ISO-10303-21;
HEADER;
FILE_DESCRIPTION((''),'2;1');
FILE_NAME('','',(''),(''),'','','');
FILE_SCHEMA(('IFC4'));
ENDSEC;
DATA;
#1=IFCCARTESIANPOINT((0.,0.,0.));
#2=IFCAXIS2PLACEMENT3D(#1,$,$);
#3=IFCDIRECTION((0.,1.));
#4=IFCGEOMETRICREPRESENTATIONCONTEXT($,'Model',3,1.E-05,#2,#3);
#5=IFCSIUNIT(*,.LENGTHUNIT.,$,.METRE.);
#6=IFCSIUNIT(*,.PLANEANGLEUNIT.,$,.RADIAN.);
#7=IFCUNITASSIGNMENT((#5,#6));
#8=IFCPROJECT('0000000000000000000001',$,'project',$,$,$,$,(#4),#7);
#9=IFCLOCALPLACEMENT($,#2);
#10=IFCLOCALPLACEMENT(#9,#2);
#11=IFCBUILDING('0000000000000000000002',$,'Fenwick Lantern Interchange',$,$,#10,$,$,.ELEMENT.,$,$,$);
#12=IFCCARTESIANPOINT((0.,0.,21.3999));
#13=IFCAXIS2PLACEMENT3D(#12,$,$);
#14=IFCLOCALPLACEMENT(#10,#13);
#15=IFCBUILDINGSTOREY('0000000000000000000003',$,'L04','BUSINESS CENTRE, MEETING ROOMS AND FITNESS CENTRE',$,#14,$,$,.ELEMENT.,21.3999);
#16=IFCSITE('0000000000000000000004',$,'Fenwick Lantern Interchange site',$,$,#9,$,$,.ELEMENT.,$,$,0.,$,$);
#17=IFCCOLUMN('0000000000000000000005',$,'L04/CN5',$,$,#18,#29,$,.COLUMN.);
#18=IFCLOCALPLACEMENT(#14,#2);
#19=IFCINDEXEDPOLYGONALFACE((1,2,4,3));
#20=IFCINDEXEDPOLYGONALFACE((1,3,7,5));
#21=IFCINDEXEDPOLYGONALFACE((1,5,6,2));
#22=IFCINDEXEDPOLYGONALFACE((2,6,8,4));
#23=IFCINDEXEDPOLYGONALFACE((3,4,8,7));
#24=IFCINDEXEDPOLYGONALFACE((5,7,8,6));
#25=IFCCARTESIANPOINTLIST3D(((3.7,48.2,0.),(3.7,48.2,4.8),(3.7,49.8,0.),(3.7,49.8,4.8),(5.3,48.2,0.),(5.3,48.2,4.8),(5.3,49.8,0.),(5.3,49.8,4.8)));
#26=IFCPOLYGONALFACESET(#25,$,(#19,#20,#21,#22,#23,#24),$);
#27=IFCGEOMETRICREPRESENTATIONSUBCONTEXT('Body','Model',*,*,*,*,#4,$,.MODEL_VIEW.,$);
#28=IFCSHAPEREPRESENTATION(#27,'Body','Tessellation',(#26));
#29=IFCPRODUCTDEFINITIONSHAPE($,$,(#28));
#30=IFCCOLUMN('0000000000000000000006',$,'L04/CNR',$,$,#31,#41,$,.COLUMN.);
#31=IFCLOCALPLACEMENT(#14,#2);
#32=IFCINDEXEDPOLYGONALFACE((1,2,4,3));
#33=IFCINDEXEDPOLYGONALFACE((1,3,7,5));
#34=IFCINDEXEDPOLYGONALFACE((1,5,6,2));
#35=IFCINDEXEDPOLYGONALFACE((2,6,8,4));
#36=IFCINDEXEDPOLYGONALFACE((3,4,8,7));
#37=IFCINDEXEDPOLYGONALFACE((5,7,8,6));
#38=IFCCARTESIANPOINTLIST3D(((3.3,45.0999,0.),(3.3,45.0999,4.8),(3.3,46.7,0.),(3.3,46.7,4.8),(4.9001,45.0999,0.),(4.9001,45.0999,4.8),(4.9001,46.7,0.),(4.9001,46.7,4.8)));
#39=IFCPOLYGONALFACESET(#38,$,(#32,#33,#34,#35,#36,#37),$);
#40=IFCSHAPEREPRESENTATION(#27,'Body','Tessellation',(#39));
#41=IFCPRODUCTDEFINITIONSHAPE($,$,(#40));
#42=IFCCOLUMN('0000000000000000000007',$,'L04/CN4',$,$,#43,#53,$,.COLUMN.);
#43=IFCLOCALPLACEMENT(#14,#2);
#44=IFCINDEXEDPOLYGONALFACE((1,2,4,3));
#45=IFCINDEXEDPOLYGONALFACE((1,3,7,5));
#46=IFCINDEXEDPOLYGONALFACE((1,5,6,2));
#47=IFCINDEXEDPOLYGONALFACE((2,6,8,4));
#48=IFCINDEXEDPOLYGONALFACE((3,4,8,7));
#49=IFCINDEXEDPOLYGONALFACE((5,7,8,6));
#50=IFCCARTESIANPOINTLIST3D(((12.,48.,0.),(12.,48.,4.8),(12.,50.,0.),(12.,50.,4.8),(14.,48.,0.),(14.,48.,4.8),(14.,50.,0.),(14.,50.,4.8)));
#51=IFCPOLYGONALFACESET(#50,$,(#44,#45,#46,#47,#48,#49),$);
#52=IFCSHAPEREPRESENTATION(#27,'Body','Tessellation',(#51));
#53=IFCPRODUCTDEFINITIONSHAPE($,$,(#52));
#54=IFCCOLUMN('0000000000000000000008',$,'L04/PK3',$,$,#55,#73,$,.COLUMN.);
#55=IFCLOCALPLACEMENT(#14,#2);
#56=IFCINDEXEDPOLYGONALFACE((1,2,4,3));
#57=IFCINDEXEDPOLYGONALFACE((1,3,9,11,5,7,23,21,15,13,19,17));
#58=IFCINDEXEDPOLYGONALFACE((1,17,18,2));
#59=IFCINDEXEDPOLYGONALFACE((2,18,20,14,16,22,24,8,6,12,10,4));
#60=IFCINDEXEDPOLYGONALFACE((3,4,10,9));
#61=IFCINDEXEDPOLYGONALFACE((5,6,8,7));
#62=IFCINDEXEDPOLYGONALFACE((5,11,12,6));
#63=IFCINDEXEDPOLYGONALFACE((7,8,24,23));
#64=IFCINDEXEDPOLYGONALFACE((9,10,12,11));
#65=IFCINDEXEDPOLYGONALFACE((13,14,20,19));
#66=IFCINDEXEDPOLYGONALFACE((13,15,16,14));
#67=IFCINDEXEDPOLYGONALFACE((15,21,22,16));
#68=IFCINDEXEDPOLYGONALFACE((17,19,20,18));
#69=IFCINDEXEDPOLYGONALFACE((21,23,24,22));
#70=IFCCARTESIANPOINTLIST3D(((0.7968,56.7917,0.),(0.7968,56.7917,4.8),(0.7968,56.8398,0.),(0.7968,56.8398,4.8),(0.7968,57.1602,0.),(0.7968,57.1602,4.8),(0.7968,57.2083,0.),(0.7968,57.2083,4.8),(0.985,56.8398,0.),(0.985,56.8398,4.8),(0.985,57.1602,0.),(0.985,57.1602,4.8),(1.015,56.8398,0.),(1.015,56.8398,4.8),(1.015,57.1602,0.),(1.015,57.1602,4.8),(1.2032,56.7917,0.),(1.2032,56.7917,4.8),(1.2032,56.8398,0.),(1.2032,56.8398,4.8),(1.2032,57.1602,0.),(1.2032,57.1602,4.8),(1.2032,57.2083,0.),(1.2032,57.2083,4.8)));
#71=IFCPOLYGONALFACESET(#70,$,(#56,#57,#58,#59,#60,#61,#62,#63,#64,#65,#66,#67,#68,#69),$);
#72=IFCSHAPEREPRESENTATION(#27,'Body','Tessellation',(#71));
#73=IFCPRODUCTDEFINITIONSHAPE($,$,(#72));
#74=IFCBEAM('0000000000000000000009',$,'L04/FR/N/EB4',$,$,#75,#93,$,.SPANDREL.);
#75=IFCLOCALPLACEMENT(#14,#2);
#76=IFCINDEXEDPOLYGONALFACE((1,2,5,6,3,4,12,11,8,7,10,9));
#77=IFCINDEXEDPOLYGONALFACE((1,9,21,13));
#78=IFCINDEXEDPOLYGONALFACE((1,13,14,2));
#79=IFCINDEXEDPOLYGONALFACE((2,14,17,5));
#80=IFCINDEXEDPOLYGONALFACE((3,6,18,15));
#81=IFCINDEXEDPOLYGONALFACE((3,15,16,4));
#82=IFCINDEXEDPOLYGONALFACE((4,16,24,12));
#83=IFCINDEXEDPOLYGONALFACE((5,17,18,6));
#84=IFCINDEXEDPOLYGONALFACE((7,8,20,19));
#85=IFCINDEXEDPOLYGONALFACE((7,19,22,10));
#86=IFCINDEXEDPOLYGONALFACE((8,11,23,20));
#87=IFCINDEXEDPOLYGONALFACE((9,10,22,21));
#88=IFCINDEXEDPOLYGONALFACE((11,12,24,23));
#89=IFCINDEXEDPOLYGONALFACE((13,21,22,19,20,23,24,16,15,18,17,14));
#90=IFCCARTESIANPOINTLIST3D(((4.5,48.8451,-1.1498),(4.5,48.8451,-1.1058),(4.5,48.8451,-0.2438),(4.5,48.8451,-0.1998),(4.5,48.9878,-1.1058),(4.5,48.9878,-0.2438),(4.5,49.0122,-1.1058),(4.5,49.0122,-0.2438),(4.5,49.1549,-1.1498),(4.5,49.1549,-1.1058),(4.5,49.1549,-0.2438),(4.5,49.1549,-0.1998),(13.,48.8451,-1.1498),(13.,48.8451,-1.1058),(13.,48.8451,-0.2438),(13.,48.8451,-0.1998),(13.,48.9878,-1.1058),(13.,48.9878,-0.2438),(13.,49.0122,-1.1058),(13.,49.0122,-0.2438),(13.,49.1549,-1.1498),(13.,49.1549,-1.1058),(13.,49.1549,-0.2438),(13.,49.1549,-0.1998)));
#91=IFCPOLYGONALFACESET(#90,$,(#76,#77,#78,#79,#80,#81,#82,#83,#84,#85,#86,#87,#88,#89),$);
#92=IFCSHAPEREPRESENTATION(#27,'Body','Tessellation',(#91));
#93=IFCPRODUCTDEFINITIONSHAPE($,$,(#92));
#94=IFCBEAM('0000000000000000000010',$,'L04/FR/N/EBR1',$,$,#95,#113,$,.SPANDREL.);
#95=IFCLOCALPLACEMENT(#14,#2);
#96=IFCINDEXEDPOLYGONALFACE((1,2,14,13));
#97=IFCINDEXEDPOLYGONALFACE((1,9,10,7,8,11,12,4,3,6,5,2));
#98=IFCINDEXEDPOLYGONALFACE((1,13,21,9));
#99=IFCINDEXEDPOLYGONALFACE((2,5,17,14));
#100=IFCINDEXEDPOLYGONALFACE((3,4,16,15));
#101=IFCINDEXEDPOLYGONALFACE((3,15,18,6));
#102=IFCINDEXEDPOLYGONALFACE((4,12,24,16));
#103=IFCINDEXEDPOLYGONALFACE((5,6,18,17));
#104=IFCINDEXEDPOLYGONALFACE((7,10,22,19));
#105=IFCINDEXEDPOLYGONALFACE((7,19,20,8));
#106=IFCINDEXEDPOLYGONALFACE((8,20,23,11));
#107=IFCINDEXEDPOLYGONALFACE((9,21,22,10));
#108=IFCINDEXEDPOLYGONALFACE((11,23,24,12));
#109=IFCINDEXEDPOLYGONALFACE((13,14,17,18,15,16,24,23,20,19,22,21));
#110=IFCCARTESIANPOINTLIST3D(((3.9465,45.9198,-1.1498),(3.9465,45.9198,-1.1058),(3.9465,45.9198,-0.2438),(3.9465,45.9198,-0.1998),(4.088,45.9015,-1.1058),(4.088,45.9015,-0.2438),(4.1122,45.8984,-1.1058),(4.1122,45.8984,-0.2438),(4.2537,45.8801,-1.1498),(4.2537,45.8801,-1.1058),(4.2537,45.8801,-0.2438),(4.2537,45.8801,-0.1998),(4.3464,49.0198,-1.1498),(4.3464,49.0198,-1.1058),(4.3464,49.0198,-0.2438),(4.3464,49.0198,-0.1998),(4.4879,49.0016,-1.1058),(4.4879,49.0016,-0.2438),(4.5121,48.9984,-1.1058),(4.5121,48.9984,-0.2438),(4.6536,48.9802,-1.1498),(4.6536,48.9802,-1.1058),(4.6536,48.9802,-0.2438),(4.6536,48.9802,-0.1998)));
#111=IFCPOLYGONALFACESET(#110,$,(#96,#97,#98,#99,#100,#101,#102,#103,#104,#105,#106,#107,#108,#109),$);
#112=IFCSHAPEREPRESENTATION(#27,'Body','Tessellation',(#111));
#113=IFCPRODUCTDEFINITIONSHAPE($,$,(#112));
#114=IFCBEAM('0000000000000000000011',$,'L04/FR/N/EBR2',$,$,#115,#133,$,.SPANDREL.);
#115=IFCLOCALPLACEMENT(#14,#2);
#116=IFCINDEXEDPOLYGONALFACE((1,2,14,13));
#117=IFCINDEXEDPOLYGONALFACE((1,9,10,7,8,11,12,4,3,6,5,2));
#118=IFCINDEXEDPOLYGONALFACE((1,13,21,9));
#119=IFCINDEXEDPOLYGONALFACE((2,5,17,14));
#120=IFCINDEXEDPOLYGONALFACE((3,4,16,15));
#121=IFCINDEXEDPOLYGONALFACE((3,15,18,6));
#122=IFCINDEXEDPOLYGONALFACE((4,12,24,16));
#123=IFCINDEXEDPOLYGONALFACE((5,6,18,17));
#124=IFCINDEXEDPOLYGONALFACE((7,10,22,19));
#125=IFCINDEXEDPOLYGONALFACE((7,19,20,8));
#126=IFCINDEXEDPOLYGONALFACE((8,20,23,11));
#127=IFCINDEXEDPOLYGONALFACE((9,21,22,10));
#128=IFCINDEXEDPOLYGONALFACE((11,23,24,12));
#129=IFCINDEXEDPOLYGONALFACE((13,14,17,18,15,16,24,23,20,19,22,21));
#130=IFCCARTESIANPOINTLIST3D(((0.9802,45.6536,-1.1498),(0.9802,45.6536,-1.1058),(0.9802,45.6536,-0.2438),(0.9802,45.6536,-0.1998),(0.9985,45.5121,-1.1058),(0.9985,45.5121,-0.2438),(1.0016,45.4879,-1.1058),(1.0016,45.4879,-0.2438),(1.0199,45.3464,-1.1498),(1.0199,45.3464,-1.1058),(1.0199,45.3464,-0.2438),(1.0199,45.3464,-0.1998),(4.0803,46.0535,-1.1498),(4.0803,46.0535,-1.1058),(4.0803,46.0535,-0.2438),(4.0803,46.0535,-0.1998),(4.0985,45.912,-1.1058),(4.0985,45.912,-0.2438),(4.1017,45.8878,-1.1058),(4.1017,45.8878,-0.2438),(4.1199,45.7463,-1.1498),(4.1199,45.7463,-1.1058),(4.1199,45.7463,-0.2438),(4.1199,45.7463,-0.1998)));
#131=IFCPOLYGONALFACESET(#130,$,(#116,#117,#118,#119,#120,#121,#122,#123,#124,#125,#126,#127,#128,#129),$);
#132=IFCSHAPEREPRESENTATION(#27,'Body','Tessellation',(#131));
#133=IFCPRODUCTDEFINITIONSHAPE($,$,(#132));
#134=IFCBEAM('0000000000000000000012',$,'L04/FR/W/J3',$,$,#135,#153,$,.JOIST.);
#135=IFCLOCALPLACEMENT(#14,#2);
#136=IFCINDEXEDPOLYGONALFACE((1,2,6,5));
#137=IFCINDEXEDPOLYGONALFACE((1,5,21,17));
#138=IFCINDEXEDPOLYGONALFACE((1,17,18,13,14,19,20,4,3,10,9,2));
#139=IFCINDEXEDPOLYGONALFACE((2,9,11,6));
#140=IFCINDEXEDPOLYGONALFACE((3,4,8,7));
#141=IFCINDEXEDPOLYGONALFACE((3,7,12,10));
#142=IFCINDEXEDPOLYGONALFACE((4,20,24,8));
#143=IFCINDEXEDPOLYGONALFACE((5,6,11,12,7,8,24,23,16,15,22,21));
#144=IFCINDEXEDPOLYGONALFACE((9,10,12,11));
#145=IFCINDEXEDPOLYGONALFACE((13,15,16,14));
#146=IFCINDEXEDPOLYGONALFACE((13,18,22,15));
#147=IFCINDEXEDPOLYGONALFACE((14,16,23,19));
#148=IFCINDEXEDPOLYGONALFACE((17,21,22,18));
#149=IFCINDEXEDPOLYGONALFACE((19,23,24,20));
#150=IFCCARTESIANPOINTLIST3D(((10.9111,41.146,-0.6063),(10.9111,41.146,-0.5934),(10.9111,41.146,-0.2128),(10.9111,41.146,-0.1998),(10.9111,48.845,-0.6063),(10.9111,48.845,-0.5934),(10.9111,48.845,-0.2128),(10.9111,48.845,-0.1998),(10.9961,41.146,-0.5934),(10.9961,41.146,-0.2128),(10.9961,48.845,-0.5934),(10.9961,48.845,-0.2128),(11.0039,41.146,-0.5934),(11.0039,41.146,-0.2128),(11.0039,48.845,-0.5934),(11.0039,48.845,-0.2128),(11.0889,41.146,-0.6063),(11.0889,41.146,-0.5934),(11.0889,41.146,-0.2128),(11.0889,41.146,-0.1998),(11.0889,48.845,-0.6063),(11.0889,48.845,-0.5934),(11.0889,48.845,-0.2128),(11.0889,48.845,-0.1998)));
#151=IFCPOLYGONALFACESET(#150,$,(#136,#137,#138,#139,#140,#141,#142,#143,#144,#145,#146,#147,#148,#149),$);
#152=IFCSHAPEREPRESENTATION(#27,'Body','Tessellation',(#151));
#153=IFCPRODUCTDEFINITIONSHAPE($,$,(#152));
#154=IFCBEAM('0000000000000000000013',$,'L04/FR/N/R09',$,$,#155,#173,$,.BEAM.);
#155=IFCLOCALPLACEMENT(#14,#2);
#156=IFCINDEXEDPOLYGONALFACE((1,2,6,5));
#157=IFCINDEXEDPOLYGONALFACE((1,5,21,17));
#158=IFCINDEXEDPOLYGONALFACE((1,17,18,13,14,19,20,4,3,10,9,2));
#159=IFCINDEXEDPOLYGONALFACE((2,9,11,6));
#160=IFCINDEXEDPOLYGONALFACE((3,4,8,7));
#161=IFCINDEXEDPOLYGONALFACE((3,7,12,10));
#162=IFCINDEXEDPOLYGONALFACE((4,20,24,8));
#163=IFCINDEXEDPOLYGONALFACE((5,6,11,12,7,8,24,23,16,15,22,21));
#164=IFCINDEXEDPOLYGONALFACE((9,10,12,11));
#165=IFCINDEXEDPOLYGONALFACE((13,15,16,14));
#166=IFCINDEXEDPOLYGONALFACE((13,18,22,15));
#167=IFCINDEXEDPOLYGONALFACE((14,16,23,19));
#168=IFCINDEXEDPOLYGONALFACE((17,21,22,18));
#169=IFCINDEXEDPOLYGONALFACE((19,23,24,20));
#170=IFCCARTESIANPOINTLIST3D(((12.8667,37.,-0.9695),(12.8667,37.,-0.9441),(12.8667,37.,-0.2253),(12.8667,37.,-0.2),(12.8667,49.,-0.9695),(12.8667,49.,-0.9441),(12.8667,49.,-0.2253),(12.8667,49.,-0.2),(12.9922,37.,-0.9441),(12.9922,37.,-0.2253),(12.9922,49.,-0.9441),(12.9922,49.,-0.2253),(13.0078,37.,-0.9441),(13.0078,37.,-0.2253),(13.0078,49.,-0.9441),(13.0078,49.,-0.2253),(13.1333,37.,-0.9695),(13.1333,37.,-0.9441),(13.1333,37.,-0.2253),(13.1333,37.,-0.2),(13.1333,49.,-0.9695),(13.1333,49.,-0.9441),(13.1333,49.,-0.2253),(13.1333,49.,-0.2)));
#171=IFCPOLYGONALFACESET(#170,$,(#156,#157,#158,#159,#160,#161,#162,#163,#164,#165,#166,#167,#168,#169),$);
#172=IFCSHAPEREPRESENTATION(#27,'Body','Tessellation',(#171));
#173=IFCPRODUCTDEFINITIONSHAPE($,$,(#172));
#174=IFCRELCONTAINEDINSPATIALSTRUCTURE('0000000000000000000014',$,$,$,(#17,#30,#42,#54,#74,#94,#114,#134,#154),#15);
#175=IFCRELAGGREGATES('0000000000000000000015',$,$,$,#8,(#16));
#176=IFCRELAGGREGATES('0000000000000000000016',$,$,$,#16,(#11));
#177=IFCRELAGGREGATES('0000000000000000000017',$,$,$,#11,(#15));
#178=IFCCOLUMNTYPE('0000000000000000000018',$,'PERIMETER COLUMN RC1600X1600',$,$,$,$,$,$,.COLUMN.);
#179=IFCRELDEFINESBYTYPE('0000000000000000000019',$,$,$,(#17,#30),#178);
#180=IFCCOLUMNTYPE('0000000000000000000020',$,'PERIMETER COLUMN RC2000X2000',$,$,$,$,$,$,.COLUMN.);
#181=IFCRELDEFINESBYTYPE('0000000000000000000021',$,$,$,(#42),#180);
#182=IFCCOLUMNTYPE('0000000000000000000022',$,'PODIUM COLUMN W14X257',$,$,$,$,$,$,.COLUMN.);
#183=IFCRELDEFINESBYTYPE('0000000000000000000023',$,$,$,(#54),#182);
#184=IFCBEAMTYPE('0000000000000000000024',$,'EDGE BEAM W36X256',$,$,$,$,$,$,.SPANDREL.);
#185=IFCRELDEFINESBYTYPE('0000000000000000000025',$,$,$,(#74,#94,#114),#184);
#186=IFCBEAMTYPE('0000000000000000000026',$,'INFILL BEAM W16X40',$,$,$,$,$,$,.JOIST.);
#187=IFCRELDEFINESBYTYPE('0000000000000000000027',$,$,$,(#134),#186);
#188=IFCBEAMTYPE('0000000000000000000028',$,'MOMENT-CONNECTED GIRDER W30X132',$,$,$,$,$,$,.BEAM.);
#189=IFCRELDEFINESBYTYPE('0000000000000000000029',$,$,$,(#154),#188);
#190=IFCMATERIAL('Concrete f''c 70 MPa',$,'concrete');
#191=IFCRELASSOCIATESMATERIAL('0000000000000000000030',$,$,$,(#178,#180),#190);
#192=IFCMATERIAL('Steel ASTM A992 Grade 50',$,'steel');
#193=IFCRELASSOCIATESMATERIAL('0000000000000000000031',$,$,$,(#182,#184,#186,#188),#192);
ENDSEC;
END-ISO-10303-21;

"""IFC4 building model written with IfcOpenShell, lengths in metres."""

from ifc_helpers import new_model, si_unit, direction, frame, origin, origin_2d, place, context, subcontext, project, spatial, rectangle, i_section, extrude, material, material_profile, profile_set, type_object, element, save


model = new_model("IFC4")

# Units and contexts
model_context = context("Model", 3, precision=1e-05, world=origin(), true_north=direction((0.0, 1.0)))
body_context = subcontext(model_context, "Body", "Model", "MODEL_VIEW")
ifc_project = project(units=[si_unit("LENGTHUNIT", "METRE"), si_unit("PLANEANGLEUNIT", "RADIAN")], contexts=[model_context])

# Site, building, storey
site_placement = place(None, origin())
site = spatial("IfcSite", under=ifc_project, at=site_placement, Name="Fenwick Lantern Interchange site", CompositionType="ELEMENT", RefElevation=0.0)
building_placement = place(site_placement, origin())
building = spatial("IfcBuilding", under=site, at=building_placement, Name="Fenwick Lantern Interchange", CompositionType="ELEMENT")
storey_placement = place(building_placement, frame((0.0, 0.0, 21.3999)))
storey = spatial("IfcBuildingStorey", under=building, at=storey_placement, Name="L04", Description="BUSINESS CENTRE, MEETING ROOMS AND FITNESS CENTRE", CompositionType="ELEMENT", Elevation=21.3999)

# Columns
ifc_material_1 = material(Name="Concrete f'c 70 MPa", Category="concrete")
ifc_material_profile_1 = material_profile(ifc_material_1, rectangle(XDim=1.6001, YDim=1.6001, at=origin_2d()), Name="RC1600X1600")
ifc_profile_set_1 = profile_set([ifc_material_profile_1], Name="Concrete f'c 70 MPa")
column_type_1 = type_object("IfcColumnType", Name="PERIMETER COLUMN RC1600X1600", PredefinedType="COLUMN", material=ifc_profile_set_1)
for number, where, z_axis, x_axis, name in (
    (1, (4.5, 49.0, 0.0), (0.0, 0.0, 1.0), (1.0, 0.0, 0.0), "L04/CN5"),
    (2, (4.1001, 45.8999, 0.0), (0.0, 0.0, 1.0), (1.0, 0.0, 0.0), "L04/CNR"),
):
    element("IfcColumn", number, at=place(storey_placement, frame(where, z_axis=z_axis, x_axis=x_axis)), inside=storey, type_object=column_type_1, Name=name, PredefinedType="COLUMN", context=body_context, shape_type="SweptSolid", body=[
        extrude(rectangle(XDim=1.6001, YDim=1.6001, at=origin_2d()), origin(), (0.0, 0.0, 1.0), 4.8),
    ])
ifc_material_profile_2 = material_profile(ifc_material_1, rectangle(XDim=2.0, YDim=2.0, at=origin_2d()), Name="RC2000X2000")
ifc_profile_set_2 = profile_set([ifc_material_profile_2], Name="Concrete f'c 70 MPa")
column_type_2 = type_object("IfcColumnType", Name="PERIMETER COLUMN RC2000X2000", PredefinedType="COLUMN", material=ifc_profile_set_2)
column_1_placement = place(storey_placement, frame((13.0, 49.0, 0.0), z_axis=(0.0, 0.0, 1.0), x_axis=(1.0, 0.0, 0.0)))
element("IfcColumn", 3, at=column_1_placement, inside=storey, type_object=column_type_2, Name="L04/CN4", PredefinedType="COLUMN", context=body_context, shape_type="SweptSolid", body=[
    extrude(rectangle(XDim=2.0, YDim=2.0, at=origin_2d()), origin(), (0.0, 0.0, 1.0), 4.8),
])
ifc_material_2 = material(Name="Steel ASTM A992 Grade 50", Category="steel")
ifc_material_profile_3 = material_profile(ifc_material_2, i_section(OverallWidth=0.4065, OverallDepth=0.4165, WebThickness=0.03, FlangeThickness=0.0481, at=origin_2d()), Name="W14X257")
ifc_profile_set_3 = profile_set([ifc_material_profile_3], Name="Steel ASTM A992 Grade 50")
column_type_3 = type_object("IfcColumnType", Name="PODIUM COLUMN W14X257", PredefinedType="COLUMN", material=ifc_profile_set_3)
column_2_placement = place(storey_placement, frame((1.0, 57.0, 0.0), z_axis=(0.0, 0.0, 1.0), x_axis=(1.0, 0.0, 0.0)))
element("IfcColumn", 4, at=column_2_placement, inside=storey, type_object=column_type_3, Name="L04/PK3", PredefinedType="COLUMN", context=body_context, shape_type="SweptSolid", body=[
    extrude(i_section(OverallWidth=0.4065, OverallDepth=0.4165, WebThickness=0.03, FlangeThickness=0.0481, at=origin_2d()), origin(), (0.0, 0.0, 1.0), 4.8),
])

# Beams
ifc_material_profile_4 = material_profile(ifc_material_2, i_section(OverallWidth=0.3098, OverallDepth=0.95, WebThickness=0.0244, FlangeThickness=0.0439, at=origin_2d()), Name="W36X256")
ifc_profile_set_4 = profile_set([ifc_material_profile_4], Name="Steel ASTM A992 Grade 50")
beam_type_1 = type_object("IfcBeamType", Name="EDGE BEAM W36X256", PredefinedType="SPANDREL", material=ifc_profile_set_4)
beam_1_placement = place(storey_placement, frame((13.0, 49.0, -0.6748), z_axis=(-1.0, 0.0, 0.0), x_axis=(0.0, -1.0, 0.0)))
element("IfcBeam", 5, at=beam_1_placement, inside=storey, type_object=beam_type_1, Name="L04/FR/N/EB4", PredefinedType="SPANDREL", context=body_context, shape_type="SweptSolid", body=[
    extrude(i_section(OverallWidth=0.3098, OverallDepth=0.95, WebThickness=0.0244, FlangeThickness=0.0439, at=origin_2d()), origin(), (0.0, 0.0, 1.0), 8.5),
])
for number, where, z_axis, x_axis, name in (
    (6, (4.5, 49.0, -0.6748), (-0.127937, -0.991782, 0.0), (0.991782, -0.127937, 0.0), "L04/FR/N/EBR1"),
    (7, (4.1001, 45.8999, -0.6748), (-0.991782, -0.127937, 0.0), (0.127937, -0.991782, 0.0), "L04/FR/N/EBR2"),
):
    element("IfcBeam", number, at=place(storey_placement, frame(where, z_axis=z_axis, x_axis=x_axis)), inside=storey, type_object=beam_type_1, Name=name, PredefinedType="SPANDREL", context=body_context, shape_type="SweptSolid", body=[
        extrude(i_section(OverallWidth=0.3098, OverallDepth=0.95, WebThickness=0.0244, FlangeThickness=0.0439, at=origin_2d()), origin(), (0.0, 0.0, 1.0), 3.1257),
    ])
ifc_material_profile_5 = material_profile(ifc_material_2, i_section(OverallWidth=0.1777, OverallDepth=0.4065, WebThickness=0.0078, FlangeThickness=0.0129, at=origin_2d()), Name="W16X40")
ifc_profile_set_5 = profile_set([ifc_material_profile_5], Name="Steel ASTM A992 Grade 50")
beam_type_2 = type_object("IfcBeamType", Name="INFILL BEAM W16X40", PredefinedType="JOIST", material=ifc_profile_set_5)
beam_2_placement = place(storey_placement, frame((11.0, 48.845, -0.4031), z_axis=(0.0, -1.0, 0.0), x_axis=(1.0, 0.0, 0.0)))
element("IfcBeam", 8, at=beam_2_placement, inside=storey, type_object=beam_type_2, Name="L04/FR/W/J3", PredefinedType="JOIST", context=body_context, shape_type="SweptSolid", body=[
    extrude(i_section(OverallWidth=0.1777, OverallDepth=0.4065, WebThickness=0.0078, FlangeThickness=0.0129, at=origin_2d()), origin(), (0.0, 0.0, 1.0), 7.699),
])
ifc_material_profile_6 = material_profile(ifc_material_2, i_section(OverallWidth=0.2666, OverallDepth=0.7695, WebThickness=0.0156, FlangeThickness=0.0254, at=origin_2d()), Name="W30X132")
ifc_profile_set_6 = profile_set([ifc_material_profile_6], Name="Steel ASTM A992 Grade 50")
beam_type_3 = type_object("IfcBeamType", Name="MOMENT-CONNECTED GIRDER W30X132", PredefinedType="BEAM", material=ifc_profile_set_6)
beam_3_placement = place(storey_placement, frame((13.0, 49.0, -0.5847), z_axis=(0.0, -1.0, 0.0), x_axis=(1.0, 0.0, 0.0)))
element("IfcBeam", 9, at=beam_3_placement, inside=storey, type_object=beam_type_3, Name="L04/FR/N/R09", PredefinedType="BEAM", context=body_context, shape_type="SweptSolid", body=[
    extrude(i_section(OverallWidth=0.2666, OverallDepth=0.7695, WebThickness=0.0156, FlangeThickness=0.0254, at=origin_2d()), origin(), (0.0, 0.0, 1.0), 12.0),
])

save(model, "model.ifc")
